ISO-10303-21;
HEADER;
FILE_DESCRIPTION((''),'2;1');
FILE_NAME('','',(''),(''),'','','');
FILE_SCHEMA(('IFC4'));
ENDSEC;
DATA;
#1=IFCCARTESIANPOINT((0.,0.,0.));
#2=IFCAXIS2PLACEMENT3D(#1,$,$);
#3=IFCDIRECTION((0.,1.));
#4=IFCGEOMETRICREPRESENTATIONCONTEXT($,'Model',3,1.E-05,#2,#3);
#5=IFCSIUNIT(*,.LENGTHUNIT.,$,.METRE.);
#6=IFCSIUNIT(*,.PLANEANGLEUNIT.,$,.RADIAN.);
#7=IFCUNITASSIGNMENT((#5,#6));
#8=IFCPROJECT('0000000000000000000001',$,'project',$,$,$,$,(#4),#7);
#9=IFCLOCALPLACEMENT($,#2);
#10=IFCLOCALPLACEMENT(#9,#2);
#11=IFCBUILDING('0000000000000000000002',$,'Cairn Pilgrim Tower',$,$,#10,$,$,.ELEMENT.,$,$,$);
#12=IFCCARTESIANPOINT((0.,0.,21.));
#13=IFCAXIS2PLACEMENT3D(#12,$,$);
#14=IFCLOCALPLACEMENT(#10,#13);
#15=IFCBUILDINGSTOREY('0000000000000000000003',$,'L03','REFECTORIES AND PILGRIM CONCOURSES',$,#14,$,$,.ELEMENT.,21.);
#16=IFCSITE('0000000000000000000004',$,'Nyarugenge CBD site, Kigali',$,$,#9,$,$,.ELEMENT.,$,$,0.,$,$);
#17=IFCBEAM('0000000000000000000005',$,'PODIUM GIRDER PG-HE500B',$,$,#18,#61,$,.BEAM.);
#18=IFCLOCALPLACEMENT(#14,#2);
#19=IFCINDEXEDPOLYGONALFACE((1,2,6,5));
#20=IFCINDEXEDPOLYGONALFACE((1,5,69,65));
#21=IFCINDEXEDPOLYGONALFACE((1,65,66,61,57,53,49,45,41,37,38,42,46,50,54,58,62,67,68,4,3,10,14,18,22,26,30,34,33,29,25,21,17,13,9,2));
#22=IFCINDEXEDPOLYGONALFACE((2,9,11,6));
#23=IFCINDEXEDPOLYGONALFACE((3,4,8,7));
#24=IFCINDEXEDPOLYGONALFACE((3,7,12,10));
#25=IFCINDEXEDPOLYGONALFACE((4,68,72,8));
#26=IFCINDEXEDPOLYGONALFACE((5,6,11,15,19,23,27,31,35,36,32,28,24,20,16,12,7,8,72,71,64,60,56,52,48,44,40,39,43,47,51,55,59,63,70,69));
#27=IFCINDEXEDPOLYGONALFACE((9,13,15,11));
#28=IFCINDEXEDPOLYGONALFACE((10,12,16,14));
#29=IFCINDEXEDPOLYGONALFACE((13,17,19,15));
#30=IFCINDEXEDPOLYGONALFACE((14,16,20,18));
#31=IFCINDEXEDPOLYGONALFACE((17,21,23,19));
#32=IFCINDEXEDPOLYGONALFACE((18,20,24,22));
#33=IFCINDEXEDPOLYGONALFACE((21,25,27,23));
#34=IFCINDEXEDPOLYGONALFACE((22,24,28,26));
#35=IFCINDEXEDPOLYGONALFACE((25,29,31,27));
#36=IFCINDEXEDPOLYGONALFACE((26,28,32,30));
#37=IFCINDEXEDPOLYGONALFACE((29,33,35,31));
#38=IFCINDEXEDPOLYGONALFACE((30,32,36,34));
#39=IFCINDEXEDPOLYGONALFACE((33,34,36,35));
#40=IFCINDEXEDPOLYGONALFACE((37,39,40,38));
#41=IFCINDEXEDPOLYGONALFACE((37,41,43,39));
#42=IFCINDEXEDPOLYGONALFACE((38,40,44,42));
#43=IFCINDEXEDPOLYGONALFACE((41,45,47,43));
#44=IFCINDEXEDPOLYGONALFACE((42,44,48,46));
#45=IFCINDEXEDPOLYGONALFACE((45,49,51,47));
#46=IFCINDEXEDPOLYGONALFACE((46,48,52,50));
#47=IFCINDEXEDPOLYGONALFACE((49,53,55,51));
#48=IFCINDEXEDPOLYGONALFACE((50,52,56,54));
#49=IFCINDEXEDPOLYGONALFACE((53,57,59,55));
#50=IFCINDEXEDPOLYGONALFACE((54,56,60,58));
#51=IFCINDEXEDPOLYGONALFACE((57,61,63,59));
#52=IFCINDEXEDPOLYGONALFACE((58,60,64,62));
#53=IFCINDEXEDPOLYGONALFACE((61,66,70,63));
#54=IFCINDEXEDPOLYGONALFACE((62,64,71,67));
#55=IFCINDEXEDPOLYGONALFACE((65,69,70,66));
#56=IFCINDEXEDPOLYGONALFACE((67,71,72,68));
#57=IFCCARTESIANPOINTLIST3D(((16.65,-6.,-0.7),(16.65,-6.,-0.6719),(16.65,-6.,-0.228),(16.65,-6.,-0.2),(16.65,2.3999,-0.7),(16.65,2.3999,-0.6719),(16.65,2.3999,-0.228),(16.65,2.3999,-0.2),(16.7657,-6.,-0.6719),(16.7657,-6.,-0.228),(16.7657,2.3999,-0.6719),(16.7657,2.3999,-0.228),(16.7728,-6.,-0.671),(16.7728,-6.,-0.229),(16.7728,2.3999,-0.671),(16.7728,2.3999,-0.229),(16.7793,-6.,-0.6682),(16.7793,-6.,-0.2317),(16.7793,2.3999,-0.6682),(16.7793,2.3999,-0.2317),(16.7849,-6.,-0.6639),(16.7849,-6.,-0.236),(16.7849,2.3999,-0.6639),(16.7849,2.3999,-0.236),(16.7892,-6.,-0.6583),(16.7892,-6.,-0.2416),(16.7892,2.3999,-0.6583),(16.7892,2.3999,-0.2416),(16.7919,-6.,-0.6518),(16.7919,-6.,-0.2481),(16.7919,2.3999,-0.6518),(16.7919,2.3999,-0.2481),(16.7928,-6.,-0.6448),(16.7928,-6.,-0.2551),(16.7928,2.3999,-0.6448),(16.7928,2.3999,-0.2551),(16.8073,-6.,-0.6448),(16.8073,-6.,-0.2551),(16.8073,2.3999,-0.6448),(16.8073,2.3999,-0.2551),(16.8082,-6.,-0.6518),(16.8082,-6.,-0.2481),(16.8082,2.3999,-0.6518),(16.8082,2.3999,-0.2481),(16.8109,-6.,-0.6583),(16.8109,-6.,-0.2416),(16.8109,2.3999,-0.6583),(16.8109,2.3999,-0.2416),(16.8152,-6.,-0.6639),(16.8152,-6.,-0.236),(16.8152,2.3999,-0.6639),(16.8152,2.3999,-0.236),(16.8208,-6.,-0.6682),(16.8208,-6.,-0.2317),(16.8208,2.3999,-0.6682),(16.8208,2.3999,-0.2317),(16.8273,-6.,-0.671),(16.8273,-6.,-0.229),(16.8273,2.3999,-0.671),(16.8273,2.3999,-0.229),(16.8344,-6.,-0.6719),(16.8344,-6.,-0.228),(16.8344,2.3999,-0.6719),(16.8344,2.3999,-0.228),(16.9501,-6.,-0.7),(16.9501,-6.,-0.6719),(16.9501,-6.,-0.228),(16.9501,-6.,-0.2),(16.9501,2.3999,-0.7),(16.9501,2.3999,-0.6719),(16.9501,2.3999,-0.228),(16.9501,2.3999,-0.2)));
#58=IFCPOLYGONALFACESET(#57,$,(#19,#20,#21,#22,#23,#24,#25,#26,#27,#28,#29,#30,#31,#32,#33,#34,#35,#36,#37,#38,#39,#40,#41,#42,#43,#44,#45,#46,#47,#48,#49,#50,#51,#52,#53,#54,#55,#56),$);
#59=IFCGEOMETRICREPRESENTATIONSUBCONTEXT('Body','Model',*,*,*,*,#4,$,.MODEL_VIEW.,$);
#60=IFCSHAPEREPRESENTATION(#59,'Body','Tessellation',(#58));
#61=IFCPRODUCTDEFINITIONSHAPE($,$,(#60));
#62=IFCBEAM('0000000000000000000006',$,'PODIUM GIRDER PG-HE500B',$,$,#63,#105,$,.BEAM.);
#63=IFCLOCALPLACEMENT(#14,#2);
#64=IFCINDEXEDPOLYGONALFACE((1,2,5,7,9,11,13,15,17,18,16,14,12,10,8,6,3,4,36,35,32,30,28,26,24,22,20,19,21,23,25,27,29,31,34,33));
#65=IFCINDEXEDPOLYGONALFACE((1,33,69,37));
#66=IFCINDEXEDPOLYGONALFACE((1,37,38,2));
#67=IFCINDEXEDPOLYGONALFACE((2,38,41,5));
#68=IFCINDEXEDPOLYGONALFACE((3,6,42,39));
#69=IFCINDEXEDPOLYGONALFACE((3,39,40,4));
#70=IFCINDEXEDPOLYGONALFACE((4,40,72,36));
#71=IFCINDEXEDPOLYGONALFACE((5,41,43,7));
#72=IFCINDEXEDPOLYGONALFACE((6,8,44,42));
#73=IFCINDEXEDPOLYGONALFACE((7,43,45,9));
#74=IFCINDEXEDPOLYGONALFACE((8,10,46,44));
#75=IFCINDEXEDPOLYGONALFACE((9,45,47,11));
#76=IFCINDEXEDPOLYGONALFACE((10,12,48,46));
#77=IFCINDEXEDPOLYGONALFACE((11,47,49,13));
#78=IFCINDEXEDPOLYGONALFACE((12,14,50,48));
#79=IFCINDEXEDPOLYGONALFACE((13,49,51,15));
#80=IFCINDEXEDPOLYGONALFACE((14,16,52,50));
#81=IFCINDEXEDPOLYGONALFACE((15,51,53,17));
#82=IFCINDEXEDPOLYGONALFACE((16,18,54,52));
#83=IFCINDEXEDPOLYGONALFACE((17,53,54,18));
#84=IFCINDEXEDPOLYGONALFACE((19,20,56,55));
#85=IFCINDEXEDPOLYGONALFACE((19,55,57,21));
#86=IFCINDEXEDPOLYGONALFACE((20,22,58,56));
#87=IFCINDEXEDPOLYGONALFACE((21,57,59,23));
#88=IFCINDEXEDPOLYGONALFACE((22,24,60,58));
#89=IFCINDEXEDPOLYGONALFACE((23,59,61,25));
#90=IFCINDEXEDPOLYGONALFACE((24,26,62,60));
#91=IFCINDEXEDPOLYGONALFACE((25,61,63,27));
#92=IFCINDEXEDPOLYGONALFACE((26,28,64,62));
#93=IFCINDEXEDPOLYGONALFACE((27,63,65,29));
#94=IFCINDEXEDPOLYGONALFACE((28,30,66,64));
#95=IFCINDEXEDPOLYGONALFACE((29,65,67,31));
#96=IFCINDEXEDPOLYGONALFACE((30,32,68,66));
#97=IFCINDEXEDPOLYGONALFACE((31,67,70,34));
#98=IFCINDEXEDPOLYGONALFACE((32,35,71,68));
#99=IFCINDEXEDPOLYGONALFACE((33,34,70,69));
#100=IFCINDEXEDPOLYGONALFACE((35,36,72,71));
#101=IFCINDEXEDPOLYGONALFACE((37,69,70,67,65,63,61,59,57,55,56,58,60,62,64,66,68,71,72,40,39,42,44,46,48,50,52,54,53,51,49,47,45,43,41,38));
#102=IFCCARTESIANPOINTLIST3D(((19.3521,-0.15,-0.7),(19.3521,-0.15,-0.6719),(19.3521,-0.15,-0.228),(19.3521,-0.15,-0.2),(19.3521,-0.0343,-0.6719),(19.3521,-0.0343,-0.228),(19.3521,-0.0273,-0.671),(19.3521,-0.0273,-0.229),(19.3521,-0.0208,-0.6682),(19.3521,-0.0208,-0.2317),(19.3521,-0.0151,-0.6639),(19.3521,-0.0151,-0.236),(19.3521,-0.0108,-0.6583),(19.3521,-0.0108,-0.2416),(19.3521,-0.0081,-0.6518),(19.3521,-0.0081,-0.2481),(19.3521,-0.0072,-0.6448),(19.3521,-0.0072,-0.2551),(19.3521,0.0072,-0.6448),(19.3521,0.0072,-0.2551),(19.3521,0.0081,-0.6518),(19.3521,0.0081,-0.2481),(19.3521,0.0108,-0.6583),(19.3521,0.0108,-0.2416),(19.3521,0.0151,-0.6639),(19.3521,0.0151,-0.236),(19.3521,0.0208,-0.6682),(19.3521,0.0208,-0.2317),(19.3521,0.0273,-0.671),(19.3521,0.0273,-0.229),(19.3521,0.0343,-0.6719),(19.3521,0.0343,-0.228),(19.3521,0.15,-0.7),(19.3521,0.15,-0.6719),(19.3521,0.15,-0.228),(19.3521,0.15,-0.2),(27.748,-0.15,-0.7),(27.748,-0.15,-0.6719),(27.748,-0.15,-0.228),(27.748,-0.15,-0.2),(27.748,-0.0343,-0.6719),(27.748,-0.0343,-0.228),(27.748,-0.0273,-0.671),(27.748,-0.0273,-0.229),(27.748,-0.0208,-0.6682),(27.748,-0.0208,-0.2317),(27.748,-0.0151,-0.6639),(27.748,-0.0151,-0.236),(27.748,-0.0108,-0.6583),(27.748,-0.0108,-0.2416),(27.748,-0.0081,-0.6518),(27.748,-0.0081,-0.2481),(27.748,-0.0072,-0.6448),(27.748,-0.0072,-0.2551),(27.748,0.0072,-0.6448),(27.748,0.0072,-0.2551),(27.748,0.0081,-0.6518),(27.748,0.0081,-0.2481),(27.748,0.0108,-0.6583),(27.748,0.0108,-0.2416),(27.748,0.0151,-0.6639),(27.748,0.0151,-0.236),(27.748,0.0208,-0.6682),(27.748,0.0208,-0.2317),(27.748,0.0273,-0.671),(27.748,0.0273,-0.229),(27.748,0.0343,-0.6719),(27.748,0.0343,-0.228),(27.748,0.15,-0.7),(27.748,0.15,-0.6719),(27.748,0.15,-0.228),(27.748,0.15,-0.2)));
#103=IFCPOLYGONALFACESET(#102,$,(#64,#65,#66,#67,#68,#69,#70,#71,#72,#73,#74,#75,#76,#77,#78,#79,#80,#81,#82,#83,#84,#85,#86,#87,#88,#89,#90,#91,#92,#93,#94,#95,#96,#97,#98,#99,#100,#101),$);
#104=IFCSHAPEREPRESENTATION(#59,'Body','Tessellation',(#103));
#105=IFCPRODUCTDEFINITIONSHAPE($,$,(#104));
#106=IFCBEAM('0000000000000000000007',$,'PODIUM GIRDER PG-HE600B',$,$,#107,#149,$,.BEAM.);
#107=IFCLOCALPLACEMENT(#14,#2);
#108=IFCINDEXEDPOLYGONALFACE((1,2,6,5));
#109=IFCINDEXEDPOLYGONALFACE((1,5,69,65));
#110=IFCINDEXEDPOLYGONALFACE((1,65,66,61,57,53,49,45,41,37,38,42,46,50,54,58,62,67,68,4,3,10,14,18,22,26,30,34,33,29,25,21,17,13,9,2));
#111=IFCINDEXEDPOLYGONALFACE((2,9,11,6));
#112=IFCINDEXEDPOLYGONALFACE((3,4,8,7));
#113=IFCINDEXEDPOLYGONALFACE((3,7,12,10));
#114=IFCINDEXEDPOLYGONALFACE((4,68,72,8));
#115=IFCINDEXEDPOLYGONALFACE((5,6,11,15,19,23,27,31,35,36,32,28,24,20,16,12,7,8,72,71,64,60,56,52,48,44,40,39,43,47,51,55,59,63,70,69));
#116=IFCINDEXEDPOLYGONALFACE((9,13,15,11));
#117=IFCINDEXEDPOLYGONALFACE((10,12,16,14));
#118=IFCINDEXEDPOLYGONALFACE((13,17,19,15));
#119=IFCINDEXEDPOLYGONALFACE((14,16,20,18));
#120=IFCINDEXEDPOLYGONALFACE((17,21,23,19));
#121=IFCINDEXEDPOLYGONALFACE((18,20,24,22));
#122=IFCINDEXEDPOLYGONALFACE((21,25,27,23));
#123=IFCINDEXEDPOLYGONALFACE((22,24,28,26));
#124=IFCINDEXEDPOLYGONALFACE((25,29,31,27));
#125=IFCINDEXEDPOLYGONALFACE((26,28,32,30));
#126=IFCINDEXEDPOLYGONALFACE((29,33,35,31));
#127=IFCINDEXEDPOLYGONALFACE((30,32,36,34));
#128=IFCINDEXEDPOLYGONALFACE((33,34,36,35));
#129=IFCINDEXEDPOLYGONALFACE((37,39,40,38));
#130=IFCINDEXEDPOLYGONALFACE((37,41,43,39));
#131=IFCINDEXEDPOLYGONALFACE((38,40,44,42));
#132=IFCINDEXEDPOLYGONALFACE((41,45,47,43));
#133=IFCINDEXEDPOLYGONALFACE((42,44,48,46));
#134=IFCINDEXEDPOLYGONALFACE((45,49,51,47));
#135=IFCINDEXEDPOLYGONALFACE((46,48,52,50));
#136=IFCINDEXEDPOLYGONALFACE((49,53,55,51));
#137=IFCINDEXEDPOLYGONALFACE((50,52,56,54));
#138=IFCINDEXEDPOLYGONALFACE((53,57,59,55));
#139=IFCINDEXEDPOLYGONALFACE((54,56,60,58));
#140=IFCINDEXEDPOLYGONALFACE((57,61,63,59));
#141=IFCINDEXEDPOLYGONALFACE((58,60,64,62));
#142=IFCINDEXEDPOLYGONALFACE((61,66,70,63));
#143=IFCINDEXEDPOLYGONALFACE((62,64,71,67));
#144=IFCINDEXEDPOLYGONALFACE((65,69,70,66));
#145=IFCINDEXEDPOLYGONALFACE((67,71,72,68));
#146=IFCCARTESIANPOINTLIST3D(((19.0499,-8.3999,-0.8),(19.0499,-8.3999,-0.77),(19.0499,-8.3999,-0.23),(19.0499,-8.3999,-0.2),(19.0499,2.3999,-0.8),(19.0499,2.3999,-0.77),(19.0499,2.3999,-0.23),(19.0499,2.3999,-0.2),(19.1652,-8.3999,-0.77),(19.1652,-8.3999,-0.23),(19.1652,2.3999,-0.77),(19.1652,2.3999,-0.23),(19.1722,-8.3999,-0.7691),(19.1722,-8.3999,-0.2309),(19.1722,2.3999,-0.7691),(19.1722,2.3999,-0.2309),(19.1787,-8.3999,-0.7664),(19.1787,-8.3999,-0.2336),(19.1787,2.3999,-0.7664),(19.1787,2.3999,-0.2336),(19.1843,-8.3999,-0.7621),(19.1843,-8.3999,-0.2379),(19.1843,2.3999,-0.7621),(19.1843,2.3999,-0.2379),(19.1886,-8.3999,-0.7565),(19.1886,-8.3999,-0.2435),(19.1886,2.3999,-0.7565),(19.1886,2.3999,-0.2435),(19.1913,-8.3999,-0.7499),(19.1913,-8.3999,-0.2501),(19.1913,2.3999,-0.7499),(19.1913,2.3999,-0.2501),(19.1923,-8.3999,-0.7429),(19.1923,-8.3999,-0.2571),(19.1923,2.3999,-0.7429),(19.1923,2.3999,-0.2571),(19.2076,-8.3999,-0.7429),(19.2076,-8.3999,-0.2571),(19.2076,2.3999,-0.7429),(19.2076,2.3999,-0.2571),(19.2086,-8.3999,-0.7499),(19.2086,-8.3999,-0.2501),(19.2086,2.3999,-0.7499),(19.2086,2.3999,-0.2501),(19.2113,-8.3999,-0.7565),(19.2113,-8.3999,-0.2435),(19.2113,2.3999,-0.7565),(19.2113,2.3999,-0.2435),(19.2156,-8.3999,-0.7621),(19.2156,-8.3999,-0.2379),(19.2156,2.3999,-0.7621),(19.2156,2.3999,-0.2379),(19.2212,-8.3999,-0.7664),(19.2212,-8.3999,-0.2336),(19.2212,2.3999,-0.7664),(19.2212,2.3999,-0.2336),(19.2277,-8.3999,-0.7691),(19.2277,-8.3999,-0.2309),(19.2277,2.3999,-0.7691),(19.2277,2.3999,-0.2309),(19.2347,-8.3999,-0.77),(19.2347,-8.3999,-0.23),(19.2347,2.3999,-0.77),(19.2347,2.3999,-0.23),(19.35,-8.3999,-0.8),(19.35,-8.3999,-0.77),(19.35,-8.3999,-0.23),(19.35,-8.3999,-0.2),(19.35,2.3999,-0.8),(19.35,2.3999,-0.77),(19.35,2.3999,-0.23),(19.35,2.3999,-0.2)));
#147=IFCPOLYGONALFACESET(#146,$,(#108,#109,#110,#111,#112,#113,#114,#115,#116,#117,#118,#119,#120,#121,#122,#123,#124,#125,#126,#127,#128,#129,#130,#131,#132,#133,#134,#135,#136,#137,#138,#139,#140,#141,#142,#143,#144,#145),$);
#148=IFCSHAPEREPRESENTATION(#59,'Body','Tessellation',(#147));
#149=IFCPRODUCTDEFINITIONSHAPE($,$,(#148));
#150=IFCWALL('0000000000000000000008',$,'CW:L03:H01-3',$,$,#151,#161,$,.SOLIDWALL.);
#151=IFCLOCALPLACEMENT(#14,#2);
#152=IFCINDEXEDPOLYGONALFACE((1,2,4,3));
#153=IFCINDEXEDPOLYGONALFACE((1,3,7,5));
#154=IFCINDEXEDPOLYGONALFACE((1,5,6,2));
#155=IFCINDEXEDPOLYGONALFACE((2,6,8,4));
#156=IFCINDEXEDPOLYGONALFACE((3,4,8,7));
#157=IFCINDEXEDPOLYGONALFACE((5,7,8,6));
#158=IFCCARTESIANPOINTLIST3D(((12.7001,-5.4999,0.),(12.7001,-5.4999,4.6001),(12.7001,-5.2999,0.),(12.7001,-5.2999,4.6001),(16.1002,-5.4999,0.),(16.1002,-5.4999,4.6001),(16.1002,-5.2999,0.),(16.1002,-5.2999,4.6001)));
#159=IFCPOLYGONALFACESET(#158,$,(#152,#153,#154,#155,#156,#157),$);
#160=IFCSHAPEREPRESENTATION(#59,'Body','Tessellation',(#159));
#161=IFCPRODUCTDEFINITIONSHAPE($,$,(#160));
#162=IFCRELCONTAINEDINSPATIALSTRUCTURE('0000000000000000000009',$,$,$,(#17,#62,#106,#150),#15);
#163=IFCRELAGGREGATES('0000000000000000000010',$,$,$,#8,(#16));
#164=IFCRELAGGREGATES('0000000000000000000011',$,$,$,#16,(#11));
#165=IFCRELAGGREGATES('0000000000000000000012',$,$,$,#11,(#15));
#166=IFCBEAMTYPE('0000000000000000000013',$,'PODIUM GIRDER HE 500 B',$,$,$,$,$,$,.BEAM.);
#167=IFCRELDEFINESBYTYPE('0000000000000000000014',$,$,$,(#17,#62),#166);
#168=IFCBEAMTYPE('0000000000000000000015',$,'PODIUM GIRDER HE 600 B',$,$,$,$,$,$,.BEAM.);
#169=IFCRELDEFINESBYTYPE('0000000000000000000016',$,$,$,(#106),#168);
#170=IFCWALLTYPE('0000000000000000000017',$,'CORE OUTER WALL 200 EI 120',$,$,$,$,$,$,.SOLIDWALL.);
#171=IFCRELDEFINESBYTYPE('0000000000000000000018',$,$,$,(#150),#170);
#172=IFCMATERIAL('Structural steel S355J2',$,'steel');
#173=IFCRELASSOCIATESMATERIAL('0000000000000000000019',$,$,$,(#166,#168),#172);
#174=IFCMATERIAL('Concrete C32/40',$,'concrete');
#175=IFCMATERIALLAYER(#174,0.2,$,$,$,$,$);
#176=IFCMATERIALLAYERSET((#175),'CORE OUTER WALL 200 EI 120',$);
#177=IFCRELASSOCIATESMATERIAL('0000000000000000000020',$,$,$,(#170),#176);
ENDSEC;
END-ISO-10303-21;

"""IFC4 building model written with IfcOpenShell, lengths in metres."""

from ifc_helpers import new_model, si_unit, direction, frame, frame_2d, origin, origin_2d, place, context, subcontext, project, spatial, rectangle, i_section, extrude, material, layer, layer_set, material_profile, profile_set, type_object, element, save


model = new_model("IFC4")

# Units and contexts
model_context = context("Model", 3, precision=1e-05, world=origin(), true_north=direction((0.0, 1.0)))
body_context = subcontext(model_context, "Body", "Model", "MODEL_VIEW")
ifc_project = project(units=[si_unit("LENGTHUNIT", "METRE"), si_unit("PLANEANGLEUNIT", "RADIAN")], contexts=[model_context])

# Site, building, storey
site_placement = place(None, origin())
site = spatial("IfcSite", under=ifc_project, at=site_placement, Name="Nyarugenge CBD site, Kigali", CompositionType="ELEMENT", RefElevation=0.0)
building_placement = place(site_placement, origin())
building = spatial("IfcBuilding", under=site, at=building_placement, Name="Cairn Pilgrim Tower", CompositionType="ELEMENT")
storey_placement = place(building_placement, frame((0.0, 0.0, 21.0)))
storey = spatial("IfcBuildingStorey", under=building, at=storey_placement, Name="L03", Description="REFECTORIES AND PILGRIM CONCOURSES", CompositionType="ELEMENT", Elevation=21.0)

# Beams
ifc_material_1 = material(Name="Structural steel S355J2", Category="steel")
ifc_material_profile_1 = material_profile(ifc_material_1, i_section(OverallWidth=0.3, OverallDepth=0.5, WebThickness=0.0144, FlangeThickness=0.0281, FilletRadius=0.0271, at=origin_2d()), Name="HEB 500")
ifc_profile_set_1 = profile_set([ifc_material_profile_1], Name="Structural steel S355J2")
beam_type_1 = type_object("IfcBeamType", Name="PODIUM GIRDER HE 500 B", PredefinedType="BEAM", material=ifc_profile_set_1)
beam_1_placement = place(storey_placement, frame((16.8, -6.0, -0.45), z_axis=(0.0, 1.0, 0.0), x_axis=(-1.0, 0.0, 0.0)))
element("IfcBeam", 1, at=beam_1_placement, inside=storey, type_object=beam_type_1, Name="PODIUM GIRDER PG-HE500B", PredefinedType="BEAM", context=body_context, shape_type="SweptSolid", body=[
    extrude(i_section(OverallWidth=0.3, OverallDepth=0.5, WebThickness=0.0144, FlangeThickness=0.0281, FilletRadius=0.0271, at=origin_2d()), origin(), (0.0, 0.0, 1.0), 8.3999),
])
beam_2_placement = place(storey_placement, frame((19.3521, 0.0, -0.45), z_axis=(1.0, 0.0, 0.0), x_axis=(0.0, 1.0, 0.0)))
element("IfcBeam", 2, at=beam_2_placement, inside=storey, type_object=beam_type_1, Name="PODIUM GIRDER PG-HE500B", PredefinedType="BEAM", context=body_context, shape_type="SweptSolid", body=[
    extrude(i_section(OverallWidth=0.3, OverallDepth=0.5, WebThickness=0.0144, FlangeThickness=0.0281, FilletRadius=0.0271, at=origin_2d()), origin(), (0.0, 0.0, 1.0), 8.396),
])
ifc_material_profile_2 = material_profile(ifc_material_1, i_section(OverallWidth=0.3, OverallDepth=0.6001, WebThickness=0.0154, FlangeThickness=0.03, FilletRadius=0.0271, at=origin_2d()), Name="HEB 600")
ifc_profile_set_2 = profile_set([ifc_material_profile_2], Name="Structural steel S355J2")
beam_type_2 = type_object("IfcBeamType", Name="PODIUM GIRDER HE 600 B", PredefinedType="BEAM", material=ifc_profile_set_2)
beam_3_placement = place(storey_placement, frame((19.2, -8.3999, -0.5), z_axis=(0.0, 1.0, 0.0), x_axis=(-1.0, 0.0, 0.0)))
element("IfcBeam", 3, at=beam_3_placement, inside=storey, type_object=beam_type_2, Name="PODIUM GIRDER PG-HE600B", PredefinedType="BEAM", context=body_context, shape_type="SweptSolid", body=[
    extrude(i_section(OverallWidth=0.3, OverallDepth=0.6001, WebThickness=0.0154, FlangeThickness=0.03, FilletRadius=0.0271, at=origin_2d()), origin(), (0.0, 0.0, 1.0), 10.7998),
])

# Wall
ifc_material_2 = material(Name="Concrete C32/40", Category="concrete")
ifc_layer_1 = layer(ifc_material_2, 0.2)
ifc_layer_set_1 = layer_set([ifc_layer_1], Name="CORE OUTER WALL 200 EI 120")
wall_type_1 = type_object("IfcWallType", Name="CORE OUTER WALL 200 EI 120", PredefinedType="SOLIDWALL", material=ifc_layer_set_1)
wall_1_placement = place(storey_placement, frame((12.7, -5.3999, 0.0), z_axis=(0.0, 0.0, 1.0), x_axis=(1.0, 0.0, 0.0)))
element("IfcWall", 4, at=wall_1_placement, inside=storey, type_object=wall_type_1, Name="CW:L03:H01-3", PredefinedType="SOLIDWALL", context=body_context, shape_type="SweptSolid", body=[
    extrude(rectangle(XDim=3.4001, YDim=0.2, at=frame_2d((1.7002, 0.0))), origin(), (0.0, 0.0, 1.0), 4.6001),
])

save(model, "model.ifc")
